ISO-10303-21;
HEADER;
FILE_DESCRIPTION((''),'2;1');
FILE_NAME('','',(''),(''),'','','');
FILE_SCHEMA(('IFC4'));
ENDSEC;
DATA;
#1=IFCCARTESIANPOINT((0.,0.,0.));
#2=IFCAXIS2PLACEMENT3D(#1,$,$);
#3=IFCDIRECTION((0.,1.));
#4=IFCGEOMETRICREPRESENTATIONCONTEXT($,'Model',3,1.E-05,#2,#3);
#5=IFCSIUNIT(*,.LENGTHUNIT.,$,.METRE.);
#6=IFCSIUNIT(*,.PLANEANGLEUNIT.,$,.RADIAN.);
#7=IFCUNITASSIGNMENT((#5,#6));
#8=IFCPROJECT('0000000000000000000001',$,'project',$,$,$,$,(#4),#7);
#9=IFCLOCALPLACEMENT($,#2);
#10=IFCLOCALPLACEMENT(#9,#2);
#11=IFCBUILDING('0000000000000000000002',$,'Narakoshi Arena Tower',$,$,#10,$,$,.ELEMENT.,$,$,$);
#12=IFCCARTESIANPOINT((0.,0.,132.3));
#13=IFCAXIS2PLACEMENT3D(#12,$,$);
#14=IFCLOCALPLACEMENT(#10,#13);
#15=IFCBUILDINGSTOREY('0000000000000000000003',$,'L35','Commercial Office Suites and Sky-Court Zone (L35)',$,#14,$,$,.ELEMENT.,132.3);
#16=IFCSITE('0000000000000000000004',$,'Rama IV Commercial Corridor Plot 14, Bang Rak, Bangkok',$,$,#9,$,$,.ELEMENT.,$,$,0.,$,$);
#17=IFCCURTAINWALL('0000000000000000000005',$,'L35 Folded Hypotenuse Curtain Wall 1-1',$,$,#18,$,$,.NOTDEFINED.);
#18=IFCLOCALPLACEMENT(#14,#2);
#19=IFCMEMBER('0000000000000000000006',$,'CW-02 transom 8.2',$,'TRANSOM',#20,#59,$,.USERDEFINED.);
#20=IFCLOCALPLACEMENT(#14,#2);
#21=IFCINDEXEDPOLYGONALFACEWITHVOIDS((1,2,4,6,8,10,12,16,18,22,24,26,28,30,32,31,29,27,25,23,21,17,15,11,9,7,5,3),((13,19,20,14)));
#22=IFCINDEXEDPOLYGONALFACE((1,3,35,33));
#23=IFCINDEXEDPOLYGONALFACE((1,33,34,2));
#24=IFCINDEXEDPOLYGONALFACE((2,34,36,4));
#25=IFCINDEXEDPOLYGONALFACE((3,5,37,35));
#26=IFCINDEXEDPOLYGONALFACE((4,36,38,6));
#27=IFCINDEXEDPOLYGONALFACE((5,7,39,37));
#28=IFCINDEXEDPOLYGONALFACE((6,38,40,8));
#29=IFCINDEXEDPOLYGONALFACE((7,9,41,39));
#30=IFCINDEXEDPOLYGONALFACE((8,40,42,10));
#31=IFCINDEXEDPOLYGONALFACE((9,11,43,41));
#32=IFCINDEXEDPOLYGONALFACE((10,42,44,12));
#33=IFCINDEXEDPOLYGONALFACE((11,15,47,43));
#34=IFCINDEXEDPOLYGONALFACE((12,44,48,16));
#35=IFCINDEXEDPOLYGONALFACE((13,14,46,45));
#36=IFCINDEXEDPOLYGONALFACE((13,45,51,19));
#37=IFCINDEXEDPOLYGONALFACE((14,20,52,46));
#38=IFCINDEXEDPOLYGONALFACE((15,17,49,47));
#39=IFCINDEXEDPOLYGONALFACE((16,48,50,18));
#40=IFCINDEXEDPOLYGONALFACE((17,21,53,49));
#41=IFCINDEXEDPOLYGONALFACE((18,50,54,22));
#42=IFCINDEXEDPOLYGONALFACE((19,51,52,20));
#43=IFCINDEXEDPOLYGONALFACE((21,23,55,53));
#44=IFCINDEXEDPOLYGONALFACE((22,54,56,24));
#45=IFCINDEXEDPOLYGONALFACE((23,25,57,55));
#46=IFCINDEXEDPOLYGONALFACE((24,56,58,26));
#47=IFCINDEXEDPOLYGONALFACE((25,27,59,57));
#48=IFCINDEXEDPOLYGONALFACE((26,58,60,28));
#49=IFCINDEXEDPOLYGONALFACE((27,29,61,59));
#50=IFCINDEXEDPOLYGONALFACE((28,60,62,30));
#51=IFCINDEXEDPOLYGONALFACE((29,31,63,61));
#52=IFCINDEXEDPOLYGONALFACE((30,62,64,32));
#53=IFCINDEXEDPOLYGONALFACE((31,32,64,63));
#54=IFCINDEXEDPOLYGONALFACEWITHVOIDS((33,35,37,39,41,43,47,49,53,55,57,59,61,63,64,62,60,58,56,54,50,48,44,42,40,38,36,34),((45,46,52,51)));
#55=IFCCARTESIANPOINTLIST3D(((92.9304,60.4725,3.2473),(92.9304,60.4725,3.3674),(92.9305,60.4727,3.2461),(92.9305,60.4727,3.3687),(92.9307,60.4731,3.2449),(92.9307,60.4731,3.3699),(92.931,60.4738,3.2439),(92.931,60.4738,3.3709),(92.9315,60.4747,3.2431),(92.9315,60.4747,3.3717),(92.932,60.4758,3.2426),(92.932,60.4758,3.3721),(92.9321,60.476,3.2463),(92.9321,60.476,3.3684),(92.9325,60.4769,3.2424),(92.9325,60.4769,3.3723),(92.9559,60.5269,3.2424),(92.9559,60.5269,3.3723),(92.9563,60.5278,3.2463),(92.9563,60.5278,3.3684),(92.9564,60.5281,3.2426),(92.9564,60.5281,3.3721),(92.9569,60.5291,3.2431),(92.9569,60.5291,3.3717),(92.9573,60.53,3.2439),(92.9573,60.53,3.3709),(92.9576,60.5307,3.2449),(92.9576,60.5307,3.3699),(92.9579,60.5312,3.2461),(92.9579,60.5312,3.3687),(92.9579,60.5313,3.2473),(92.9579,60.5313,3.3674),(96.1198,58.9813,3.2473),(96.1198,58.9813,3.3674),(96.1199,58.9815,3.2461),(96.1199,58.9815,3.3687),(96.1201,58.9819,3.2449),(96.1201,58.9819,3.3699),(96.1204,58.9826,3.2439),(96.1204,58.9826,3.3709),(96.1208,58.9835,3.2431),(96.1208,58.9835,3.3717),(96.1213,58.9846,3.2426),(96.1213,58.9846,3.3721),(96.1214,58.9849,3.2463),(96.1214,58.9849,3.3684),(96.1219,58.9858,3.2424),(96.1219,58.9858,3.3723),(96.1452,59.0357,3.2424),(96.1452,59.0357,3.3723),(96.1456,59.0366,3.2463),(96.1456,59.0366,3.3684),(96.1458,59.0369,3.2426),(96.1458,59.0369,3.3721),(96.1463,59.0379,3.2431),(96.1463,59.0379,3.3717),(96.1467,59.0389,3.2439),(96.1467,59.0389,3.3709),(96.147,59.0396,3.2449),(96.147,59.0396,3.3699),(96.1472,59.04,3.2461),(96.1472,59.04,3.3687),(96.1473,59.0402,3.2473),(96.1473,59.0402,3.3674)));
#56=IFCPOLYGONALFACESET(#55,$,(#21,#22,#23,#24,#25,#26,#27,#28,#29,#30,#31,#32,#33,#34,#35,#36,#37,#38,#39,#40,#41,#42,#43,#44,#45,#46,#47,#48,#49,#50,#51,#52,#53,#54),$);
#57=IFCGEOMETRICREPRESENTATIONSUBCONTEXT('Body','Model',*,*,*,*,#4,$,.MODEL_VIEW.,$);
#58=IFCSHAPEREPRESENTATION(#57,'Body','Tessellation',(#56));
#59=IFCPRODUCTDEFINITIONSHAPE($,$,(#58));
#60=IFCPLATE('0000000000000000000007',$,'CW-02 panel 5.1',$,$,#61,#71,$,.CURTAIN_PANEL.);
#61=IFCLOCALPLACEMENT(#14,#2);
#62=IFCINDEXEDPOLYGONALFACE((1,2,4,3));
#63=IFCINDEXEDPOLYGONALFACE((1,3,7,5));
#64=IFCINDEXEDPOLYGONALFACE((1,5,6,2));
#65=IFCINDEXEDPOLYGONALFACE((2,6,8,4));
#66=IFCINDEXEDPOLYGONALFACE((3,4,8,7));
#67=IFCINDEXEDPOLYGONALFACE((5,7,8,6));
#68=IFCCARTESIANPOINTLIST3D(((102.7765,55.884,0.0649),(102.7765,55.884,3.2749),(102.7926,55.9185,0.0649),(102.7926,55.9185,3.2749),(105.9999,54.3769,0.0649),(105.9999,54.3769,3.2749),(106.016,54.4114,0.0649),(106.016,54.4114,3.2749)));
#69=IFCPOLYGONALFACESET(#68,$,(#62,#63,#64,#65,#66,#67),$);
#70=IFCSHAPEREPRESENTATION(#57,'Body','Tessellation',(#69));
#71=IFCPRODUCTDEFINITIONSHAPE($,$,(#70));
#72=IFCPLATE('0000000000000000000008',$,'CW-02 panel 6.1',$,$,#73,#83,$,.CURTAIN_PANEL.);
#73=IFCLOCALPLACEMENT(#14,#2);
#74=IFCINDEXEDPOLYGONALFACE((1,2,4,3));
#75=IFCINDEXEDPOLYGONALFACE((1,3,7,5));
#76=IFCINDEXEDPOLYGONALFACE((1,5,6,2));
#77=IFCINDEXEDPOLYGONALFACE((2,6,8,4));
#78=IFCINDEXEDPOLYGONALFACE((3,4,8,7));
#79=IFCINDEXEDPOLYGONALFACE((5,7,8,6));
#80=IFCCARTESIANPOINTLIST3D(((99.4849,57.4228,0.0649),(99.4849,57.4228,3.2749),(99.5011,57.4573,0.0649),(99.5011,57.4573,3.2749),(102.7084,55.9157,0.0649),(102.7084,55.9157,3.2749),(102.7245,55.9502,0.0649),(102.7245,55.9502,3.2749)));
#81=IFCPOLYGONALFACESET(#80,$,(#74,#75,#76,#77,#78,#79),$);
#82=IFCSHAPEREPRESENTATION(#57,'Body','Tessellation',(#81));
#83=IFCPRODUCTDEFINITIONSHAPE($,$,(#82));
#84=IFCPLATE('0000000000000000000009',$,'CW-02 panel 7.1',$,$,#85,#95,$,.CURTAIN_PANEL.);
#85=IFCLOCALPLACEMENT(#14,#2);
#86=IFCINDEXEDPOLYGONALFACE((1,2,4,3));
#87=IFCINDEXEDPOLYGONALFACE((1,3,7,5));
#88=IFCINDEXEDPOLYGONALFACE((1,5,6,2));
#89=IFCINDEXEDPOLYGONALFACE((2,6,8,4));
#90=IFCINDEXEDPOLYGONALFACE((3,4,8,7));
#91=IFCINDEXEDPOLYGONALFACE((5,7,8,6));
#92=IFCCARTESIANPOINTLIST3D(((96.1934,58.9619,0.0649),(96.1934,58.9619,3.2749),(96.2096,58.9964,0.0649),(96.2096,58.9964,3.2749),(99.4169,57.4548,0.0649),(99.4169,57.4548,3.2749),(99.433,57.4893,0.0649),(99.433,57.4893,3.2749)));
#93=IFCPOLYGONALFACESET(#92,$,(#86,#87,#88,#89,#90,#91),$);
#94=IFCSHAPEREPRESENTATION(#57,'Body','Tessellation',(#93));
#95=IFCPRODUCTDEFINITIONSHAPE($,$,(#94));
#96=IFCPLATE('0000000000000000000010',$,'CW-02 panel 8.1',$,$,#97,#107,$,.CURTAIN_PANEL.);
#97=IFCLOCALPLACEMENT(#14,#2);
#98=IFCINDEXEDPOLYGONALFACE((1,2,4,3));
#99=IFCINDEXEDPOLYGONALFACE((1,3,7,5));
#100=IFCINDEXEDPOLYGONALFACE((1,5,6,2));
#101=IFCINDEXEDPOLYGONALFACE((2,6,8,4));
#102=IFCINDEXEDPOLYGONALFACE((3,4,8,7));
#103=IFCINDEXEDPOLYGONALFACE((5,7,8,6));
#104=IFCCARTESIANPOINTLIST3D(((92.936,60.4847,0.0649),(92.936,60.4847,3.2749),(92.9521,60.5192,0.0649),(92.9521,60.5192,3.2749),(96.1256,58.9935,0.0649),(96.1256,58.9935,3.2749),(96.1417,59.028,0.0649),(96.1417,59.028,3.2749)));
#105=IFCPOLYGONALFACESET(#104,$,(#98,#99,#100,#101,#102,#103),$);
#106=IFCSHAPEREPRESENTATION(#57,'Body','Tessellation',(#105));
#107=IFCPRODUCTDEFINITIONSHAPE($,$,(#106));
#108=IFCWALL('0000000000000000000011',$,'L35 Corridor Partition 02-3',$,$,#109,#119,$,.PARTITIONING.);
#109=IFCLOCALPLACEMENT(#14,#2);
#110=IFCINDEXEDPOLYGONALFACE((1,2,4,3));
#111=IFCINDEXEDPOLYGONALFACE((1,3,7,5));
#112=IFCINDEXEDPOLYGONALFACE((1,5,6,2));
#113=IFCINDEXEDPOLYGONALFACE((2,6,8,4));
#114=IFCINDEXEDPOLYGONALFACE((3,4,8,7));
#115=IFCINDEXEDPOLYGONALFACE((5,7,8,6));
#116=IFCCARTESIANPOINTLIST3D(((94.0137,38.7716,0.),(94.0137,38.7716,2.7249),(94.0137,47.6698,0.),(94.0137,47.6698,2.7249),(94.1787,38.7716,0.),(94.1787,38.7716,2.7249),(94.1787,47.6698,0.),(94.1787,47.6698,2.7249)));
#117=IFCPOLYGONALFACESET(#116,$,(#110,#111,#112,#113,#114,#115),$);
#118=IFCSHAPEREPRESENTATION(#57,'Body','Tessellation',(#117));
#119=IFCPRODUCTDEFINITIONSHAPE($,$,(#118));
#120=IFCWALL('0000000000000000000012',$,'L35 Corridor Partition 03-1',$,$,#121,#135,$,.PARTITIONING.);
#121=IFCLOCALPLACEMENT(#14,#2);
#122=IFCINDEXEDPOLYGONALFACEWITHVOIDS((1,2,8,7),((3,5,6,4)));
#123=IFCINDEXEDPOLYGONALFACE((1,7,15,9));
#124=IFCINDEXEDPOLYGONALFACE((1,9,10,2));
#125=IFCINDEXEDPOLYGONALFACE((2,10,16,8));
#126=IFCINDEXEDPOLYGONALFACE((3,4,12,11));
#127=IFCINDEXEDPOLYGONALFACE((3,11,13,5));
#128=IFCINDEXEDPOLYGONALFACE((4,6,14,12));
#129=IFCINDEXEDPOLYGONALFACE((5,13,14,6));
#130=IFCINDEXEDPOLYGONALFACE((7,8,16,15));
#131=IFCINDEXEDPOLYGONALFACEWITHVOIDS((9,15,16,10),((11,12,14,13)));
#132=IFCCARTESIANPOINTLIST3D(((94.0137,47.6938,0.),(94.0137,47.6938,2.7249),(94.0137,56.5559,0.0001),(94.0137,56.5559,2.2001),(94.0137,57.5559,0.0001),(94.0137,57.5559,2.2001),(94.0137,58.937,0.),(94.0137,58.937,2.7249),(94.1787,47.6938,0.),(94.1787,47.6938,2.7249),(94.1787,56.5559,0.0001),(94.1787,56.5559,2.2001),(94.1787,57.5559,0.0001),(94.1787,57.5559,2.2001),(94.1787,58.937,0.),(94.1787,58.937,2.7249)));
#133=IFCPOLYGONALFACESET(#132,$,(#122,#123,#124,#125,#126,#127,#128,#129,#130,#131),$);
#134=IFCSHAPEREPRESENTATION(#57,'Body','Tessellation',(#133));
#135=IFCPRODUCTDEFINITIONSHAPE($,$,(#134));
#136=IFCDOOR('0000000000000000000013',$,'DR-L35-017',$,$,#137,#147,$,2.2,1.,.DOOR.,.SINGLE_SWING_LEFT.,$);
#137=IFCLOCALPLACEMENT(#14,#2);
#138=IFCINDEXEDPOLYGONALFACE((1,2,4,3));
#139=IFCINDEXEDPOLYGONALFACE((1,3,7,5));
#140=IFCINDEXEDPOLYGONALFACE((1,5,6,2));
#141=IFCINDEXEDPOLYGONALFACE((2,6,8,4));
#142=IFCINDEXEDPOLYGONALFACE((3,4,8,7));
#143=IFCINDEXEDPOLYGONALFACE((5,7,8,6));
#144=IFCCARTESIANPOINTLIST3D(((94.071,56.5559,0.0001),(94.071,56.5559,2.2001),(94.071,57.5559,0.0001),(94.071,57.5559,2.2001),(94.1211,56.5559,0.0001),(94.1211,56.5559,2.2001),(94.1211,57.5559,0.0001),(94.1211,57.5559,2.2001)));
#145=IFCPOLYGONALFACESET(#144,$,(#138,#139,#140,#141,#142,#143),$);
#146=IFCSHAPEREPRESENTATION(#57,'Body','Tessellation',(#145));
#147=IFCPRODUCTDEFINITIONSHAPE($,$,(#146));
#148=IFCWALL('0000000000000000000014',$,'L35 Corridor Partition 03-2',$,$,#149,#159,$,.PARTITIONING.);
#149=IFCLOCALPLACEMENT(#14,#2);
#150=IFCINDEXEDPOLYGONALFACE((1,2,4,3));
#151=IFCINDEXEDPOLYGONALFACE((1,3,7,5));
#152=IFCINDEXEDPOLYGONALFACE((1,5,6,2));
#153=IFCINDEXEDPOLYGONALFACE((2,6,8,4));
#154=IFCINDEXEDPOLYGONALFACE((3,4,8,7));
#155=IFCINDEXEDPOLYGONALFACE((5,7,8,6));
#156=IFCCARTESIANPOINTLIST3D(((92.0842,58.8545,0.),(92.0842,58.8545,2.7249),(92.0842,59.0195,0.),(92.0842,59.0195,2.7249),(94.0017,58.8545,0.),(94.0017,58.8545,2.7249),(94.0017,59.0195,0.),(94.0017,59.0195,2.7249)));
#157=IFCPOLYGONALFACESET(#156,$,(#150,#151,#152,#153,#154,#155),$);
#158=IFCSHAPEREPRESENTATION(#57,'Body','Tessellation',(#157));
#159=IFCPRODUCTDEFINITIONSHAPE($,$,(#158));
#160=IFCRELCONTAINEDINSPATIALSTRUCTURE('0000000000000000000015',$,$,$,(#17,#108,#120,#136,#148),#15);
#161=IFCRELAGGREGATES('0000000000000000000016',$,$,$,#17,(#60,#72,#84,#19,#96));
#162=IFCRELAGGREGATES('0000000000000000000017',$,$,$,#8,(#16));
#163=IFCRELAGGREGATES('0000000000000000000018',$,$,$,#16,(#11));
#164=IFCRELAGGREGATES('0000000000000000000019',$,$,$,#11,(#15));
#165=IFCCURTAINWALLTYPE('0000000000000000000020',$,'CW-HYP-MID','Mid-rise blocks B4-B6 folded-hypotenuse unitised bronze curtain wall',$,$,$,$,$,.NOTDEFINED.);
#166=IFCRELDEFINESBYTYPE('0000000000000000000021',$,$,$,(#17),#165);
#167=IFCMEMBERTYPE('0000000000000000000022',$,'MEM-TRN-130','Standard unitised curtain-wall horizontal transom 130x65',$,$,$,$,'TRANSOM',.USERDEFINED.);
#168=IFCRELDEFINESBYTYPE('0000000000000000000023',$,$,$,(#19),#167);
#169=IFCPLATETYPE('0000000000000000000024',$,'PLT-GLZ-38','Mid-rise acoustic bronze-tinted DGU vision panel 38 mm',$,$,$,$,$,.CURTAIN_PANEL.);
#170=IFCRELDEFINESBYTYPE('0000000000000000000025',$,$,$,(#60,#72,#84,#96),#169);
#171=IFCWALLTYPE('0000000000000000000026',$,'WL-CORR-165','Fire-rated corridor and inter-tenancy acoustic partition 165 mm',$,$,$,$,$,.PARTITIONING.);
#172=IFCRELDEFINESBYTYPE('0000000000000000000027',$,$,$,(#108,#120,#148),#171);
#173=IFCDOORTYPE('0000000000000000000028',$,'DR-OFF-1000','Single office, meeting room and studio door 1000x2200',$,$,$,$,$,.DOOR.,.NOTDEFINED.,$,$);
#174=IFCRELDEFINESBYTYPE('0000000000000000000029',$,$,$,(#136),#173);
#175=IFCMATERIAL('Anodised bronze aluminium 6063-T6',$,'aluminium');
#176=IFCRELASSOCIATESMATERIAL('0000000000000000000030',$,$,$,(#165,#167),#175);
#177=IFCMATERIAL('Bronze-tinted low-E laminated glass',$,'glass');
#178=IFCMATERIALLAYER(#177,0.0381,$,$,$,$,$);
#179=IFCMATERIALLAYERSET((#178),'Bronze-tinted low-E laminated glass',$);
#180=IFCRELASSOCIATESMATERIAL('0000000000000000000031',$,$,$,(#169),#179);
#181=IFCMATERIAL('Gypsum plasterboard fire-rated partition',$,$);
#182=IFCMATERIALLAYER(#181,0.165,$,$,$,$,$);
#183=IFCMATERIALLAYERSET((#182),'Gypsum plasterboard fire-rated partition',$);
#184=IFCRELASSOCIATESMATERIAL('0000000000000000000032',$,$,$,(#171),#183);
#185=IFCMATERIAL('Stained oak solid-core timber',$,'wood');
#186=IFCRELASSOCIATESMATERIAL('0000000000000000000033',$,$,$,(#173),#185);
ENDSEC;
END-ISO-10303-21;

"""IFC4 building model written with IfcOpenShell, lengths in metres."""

from ifc_helpers import new_model, si_unit, direction, frame, frame_2d, origin, origin_2d, place, context, subcontext, project, spatial, rectangle, hollow_rectangle, extrude, material, layer, layer_set, material_profile, profile_set, type_object, element, fill, aggregate, save


model = new_model("IFC4")

# Units and contexts
model_context = context("Model", 3, precision=1e-05, world=origin(), true_north=direction((0.0, 1.0)))
body_context = subcontext(model_context, "Body", "Model", "MODEL_VIEW")
ifc_project = project(units=[si_unit("LENGTHUNIT", "METRE"), si_unit("PLANEANGLEUNIT", "RADIAN")], contexts=[model_context])

# Site, building, storey
site_placement = place(None, origin())
site = spatial("IfcSite", under=ifc_project, at=site_placement, Name="Rama IV Commercial Corridor Plot 14, Bang Rak, Bangkok", CompositionType="ELEMENT", RefElevation=0.0)
building_placement = place(site_placement, origin())
building = spatial("IfcBuilding", under=site, at=building_placement, Name="Narakoshi Arena Tower", CompositionType="ELEMENT")
storey_placement = place(building_placement, frame((0.0, 0.0, 132.3)))
storey = spatial("IfcBuildingStorey", under=building, at=storey_placement, Name="L35", Description="Commercial Office Suites and Sky-Court Zone (L35)", CompositionType="ELEMENT", Elevation=132.3)

# Curtain wall, member, plates
ifc_material_1 = material(Name="Anodised bronze aluminium 6063-T6", Category="aluminium")
curtain_wall_type = type_object("IfcCurtainWallType", Name="CW-HYP-MID", Description="Mid-rise blocks B4-B6 folded-hypotenuse unitised bronze curtain wall", PredefinedType="NOTDEFINED", material=ifc_material_1)
curtain_wall_placement = place(storey_placement, origin())
curtain_wall = element("IfcCurtainWall", 1, at=curtain_wall_placement, inside=storey, type_object=curtain_wall_type, Name="L35 Folded Hypotenuse Curtain Wall 1-1", PredefinedType="NOTDEFINED")
ifc_material_profile_1 = material_profile(ifc_material_1, hollow_rectangle(XDim=0.0649, YDim=0.1299, WallThickness=0.0039, OuterFilletRadius=0.0049, at=origin_2d()), Name="TRN130x65x4")
ifc_profile_set_1 = profile_set([ifc_material_profile_1], Name="Anodised bronze aluminium 6063-T6")
member_type_1 = type_object("IfcMemberType", Name="MEM-TRN-130", Description="Standard unitised curtain-wall horizontal transom 130x65", ElementType="TRANSOM", PredefinedType="USERDEFINED", material=ifc_profile_set_1)
member_1_placement = place(storey_placement, frame((96.1335, 59.0107, 3.3074), z_axis=(-0.905878, 0.423538, 0.0), x_axis=(-0.423538, -0.905878, 0.0)))
member_1 = element("IfcMember", 2, at=member_1_placement, type_object=member_type_1, Name="CW-02 transom 8.2", ObjectType="TRANSOM", PredefinedType="USERDEFINED", context=body_context, shape_type="SweptSolid", body=[
    extrude(hollow_rectangle(XDim=0.0649, YDim=0.1299, WallThickness=0.0039, OuterFilletRadius=0.0049, at=origin_2d()), origin(), (0.0, 0.0, 1.0), 3.5208),
])
ifc_material_2 = material(Name="Bronze-tinted low-E laminated glass", Category="glass")
ifc_layer_1 = layer(ifc_material_2, 0.0381)
ifc_layer_set_1 = layer_set([ifc_layer_1], Name="Bronze-tinted low-E laminated glass")
plate_type = type_object("IfcPlateType", Name="PLT-GLZ-38", Description="Mid-rise acoustic bronze-tinted DGU vision panel 38 mm", PredefinedType="CURTAIN_PANEL", material=ifc_layer_set_1)
plate_1_placement = place(storey_placement, frame((104.3962, 55.1477, 0.0649), z_axis=(0.0, 0.0, 1.0), x_axis=(-0.905881, 0.423532, 0.0)))
plate_1 = element("IfcPlate", 3, at=plate_1_placement, type_object=plate_type, Name="CW-02 panel 5.1", PredefinedType="CURTAIN_PANEL", context=body_context, shape_type="SweptSolid", body=[
    extrude(rectangle(XDim=3.5583, YDim=0.0381, at=origin_2d()), origin(), (0.0, 0.0, 1.0), 3.21),
])
plate_2_placement = place(storey_placement, frame((101.1047, 56.6865, 0.0649), z_axis=(0.0, 0.0, 1.0), x_axis=(-0.905881, 0.423532, 0.0)))
plate_2 = element("IfcPlate", 4, at=plate_2_placement, type_object=plate_type, Name="CW-02 panel 6.1", PredefinedType="CURTAIN_PANEL", context=body_context, shape_type="SweptSolid", body=[
    extrude(rectangle(XDim=3.5583, YDim=0.0381, at=origin_2d()), origin(), (0.0, 0.0, 1.0), 3.21),
])
plate_3_placement = place(storey_placement, frame((97.8132, 58.2256, 0.0649), z_axis=(0.0, 0.0, 1.0), x_axis=(-0.905881, 0.423532, 0.0)))
plate_3 = element("IfcPlate", 5, at=plate_3_placement, type_object=plate_type, Name="CW-02 panel 7.1", PredefinedType="CURTAIN_PANEL", context=body_context, shape_type="SweptSolid", body=[
    extrude(rectangle(XDim=3.5583, YDim=0.0381, at=origin_2d()), origin(), (0.0, 0.0, 1.0), 3.21),
])
plate_4_placement = place(storey_placement, frame((94.5388, 59.7563, 0.0649), z_axis=(0.0, 0.0, 1.0), x_axis=(-0.905881, 0.423532, 0.0)))
plate_4 = element("IfcPlate", 6, at=plate_4_placement, type_object=plate_type, Name="CW-02 panel 8.1", PredefinedType="CURTAIN_PANEL", context=body_context, shape_type="SweptSolid", body=[
    extrude(rectangle(XDim=3.521, YDim=0.0381, at=origin_2d()), origin(), (0.0, 0.0, 1.0), 3.21),
])
aggregate(curtain_wall, [plate_1, plate_2, plate_3, member_1, plate_4])

# Wall
ifc_material_3 = material(Name="Gypsum plasterboard fire-rated partition")
ifc_layer_2 = layer(ifc_material_3, 0.165)
ifc_layer_set_2 = layer_set([ifc_layer_2], Name="Gypsum plasterboard fire-rated partition")
wall_type_1 = type_object("IfcWallType", Name="WL-CORR-165", Description="Fire-rated corridor and inter-tenancy acoustic partition 165 mm", PredefinedType="PARTITIONING", material=ifc_layer_set_2)
wall_1_placement = place(storey_placement, frame((94.0962, 38.7715, 0.0), z_axis=(0.0, 0.0, 1.0), x_axis=(0.0, 1.0, 0.0)))
element("IfcWall", 7, at=wall_1_placement, inside=storey, type_object=wall_type_1, Name="L35 Corridor Partition 02-3", PredefinedType="PARTITIONING", context=body_context, shape_type="SweptSolid", body=[
    extrude(rectangle(XDim=8.8982, YDim=0.165, at=frame_2d((4.4492, 0.0))), origin(), (0.0, 0.0, 1.0), 2.7249),
])

# Wall, opening, door
wall_2_placement = place(storey_placement, frame((94.0962, 47.6938, 0.0), z_axis=(0.0, 0.0, 1.0), x_axis=(0.0, 1.0, 0.0)))
wall_2 = element("IfcWall", 8, at=wall_2_placement, inside=storey, type_object=wall_type_1, Name="L35 Corridor Partition 03-1", PredefinedType="PARTITIONING", context=body_context, shape_type="SweptSolid", body=[
    extrude(rectangle(XDim=11.2432, YDim=0.165, at=frame_2d((5.6216, 0.0))), origin(), (0.0, 0.0, 1.0), 2.7249),
])
opening_1_placement = place(wall_2_placement, frame((8.8621, 0.0, 0.0)))
opening_1 = element("IfcOpeningElement", 9, at=opening_1_placement, cuts=wall_2, PredefinedType="OPENING", context=body_context, shape_type="SweptSolid", body=[
    extrude(rectangle(XDim=1.0, YDim=2.2, at=frame_2d((0.5, 1.1001))), frame((0.0, 0.0925, 0.0), z_axis=(0.0, -1.0, 0.0), x_axis=(1.0, 0.0, 0.0)), (0.0, 0.0, 1.0), 0.1851),
])
ifc_material_4 = material(Name="Stained oak solid-core timber", Category="wood")
door_type = type_object("IfcDoorType", Name="DR-OFF-1000", Description="Single office, meeting room and studio door 1000x2200", OperationType="NOTDEFINED", PredefinedType="DOOR", material=ifc_material_4)
door_placement = place(opening_1_placement, frame((1.0, 0.0, 0.0), z_axis=(0.0, 0.0, 1.0), x_axis=(-1.0, 0.0, 0.0)))
door = element("IfcDoor", 10, at=door_placement, inside=storey, type_object=door_type, Name="DR-L35-017", OperationType="SINGLE_SWING_LEFT", OverallHeight=2.2, OverallWidth=1.0, PredefinedType="DOOR", context=body_context, shape_type="SweptSolid", body=[
    extrude(rectangle(XDim=1.0, YDim=2.2, at=frame_2d((0.5, 1.1001))), frame((0.0, 0.0249, 0.0), z_axis=(0.0, -1.0, 0.0), x_axis=(1.0, 0.0, 0.0)), (0.0, 0.0, 1.0), 0.05),
])
fill(opening_1, door)

# Wall
wall_3_placement = place(storey_placement, frame((94.0017, 58.937, 0.0), z_axis=(0.0, 0.0, 1.0), x_axis=(-1.0, 0.0, 0.0)))
element("IfcWall", 11, at=wall_3_placement, inside=storey, type_object=wall_type_1, Name="L35 Corridor Partition 03-2", PredefinedType="PARTITIONING", context=body_context, shape_type="SweptSolid", body=[
    extrude(rectangle(XDim=1.9175, YDim=0.165, at=frame_2d((0.9587, 0.0))), origin(), (0.0, 0.0, 1.0), 2.7249),
])

save(model, "model.ifc")
